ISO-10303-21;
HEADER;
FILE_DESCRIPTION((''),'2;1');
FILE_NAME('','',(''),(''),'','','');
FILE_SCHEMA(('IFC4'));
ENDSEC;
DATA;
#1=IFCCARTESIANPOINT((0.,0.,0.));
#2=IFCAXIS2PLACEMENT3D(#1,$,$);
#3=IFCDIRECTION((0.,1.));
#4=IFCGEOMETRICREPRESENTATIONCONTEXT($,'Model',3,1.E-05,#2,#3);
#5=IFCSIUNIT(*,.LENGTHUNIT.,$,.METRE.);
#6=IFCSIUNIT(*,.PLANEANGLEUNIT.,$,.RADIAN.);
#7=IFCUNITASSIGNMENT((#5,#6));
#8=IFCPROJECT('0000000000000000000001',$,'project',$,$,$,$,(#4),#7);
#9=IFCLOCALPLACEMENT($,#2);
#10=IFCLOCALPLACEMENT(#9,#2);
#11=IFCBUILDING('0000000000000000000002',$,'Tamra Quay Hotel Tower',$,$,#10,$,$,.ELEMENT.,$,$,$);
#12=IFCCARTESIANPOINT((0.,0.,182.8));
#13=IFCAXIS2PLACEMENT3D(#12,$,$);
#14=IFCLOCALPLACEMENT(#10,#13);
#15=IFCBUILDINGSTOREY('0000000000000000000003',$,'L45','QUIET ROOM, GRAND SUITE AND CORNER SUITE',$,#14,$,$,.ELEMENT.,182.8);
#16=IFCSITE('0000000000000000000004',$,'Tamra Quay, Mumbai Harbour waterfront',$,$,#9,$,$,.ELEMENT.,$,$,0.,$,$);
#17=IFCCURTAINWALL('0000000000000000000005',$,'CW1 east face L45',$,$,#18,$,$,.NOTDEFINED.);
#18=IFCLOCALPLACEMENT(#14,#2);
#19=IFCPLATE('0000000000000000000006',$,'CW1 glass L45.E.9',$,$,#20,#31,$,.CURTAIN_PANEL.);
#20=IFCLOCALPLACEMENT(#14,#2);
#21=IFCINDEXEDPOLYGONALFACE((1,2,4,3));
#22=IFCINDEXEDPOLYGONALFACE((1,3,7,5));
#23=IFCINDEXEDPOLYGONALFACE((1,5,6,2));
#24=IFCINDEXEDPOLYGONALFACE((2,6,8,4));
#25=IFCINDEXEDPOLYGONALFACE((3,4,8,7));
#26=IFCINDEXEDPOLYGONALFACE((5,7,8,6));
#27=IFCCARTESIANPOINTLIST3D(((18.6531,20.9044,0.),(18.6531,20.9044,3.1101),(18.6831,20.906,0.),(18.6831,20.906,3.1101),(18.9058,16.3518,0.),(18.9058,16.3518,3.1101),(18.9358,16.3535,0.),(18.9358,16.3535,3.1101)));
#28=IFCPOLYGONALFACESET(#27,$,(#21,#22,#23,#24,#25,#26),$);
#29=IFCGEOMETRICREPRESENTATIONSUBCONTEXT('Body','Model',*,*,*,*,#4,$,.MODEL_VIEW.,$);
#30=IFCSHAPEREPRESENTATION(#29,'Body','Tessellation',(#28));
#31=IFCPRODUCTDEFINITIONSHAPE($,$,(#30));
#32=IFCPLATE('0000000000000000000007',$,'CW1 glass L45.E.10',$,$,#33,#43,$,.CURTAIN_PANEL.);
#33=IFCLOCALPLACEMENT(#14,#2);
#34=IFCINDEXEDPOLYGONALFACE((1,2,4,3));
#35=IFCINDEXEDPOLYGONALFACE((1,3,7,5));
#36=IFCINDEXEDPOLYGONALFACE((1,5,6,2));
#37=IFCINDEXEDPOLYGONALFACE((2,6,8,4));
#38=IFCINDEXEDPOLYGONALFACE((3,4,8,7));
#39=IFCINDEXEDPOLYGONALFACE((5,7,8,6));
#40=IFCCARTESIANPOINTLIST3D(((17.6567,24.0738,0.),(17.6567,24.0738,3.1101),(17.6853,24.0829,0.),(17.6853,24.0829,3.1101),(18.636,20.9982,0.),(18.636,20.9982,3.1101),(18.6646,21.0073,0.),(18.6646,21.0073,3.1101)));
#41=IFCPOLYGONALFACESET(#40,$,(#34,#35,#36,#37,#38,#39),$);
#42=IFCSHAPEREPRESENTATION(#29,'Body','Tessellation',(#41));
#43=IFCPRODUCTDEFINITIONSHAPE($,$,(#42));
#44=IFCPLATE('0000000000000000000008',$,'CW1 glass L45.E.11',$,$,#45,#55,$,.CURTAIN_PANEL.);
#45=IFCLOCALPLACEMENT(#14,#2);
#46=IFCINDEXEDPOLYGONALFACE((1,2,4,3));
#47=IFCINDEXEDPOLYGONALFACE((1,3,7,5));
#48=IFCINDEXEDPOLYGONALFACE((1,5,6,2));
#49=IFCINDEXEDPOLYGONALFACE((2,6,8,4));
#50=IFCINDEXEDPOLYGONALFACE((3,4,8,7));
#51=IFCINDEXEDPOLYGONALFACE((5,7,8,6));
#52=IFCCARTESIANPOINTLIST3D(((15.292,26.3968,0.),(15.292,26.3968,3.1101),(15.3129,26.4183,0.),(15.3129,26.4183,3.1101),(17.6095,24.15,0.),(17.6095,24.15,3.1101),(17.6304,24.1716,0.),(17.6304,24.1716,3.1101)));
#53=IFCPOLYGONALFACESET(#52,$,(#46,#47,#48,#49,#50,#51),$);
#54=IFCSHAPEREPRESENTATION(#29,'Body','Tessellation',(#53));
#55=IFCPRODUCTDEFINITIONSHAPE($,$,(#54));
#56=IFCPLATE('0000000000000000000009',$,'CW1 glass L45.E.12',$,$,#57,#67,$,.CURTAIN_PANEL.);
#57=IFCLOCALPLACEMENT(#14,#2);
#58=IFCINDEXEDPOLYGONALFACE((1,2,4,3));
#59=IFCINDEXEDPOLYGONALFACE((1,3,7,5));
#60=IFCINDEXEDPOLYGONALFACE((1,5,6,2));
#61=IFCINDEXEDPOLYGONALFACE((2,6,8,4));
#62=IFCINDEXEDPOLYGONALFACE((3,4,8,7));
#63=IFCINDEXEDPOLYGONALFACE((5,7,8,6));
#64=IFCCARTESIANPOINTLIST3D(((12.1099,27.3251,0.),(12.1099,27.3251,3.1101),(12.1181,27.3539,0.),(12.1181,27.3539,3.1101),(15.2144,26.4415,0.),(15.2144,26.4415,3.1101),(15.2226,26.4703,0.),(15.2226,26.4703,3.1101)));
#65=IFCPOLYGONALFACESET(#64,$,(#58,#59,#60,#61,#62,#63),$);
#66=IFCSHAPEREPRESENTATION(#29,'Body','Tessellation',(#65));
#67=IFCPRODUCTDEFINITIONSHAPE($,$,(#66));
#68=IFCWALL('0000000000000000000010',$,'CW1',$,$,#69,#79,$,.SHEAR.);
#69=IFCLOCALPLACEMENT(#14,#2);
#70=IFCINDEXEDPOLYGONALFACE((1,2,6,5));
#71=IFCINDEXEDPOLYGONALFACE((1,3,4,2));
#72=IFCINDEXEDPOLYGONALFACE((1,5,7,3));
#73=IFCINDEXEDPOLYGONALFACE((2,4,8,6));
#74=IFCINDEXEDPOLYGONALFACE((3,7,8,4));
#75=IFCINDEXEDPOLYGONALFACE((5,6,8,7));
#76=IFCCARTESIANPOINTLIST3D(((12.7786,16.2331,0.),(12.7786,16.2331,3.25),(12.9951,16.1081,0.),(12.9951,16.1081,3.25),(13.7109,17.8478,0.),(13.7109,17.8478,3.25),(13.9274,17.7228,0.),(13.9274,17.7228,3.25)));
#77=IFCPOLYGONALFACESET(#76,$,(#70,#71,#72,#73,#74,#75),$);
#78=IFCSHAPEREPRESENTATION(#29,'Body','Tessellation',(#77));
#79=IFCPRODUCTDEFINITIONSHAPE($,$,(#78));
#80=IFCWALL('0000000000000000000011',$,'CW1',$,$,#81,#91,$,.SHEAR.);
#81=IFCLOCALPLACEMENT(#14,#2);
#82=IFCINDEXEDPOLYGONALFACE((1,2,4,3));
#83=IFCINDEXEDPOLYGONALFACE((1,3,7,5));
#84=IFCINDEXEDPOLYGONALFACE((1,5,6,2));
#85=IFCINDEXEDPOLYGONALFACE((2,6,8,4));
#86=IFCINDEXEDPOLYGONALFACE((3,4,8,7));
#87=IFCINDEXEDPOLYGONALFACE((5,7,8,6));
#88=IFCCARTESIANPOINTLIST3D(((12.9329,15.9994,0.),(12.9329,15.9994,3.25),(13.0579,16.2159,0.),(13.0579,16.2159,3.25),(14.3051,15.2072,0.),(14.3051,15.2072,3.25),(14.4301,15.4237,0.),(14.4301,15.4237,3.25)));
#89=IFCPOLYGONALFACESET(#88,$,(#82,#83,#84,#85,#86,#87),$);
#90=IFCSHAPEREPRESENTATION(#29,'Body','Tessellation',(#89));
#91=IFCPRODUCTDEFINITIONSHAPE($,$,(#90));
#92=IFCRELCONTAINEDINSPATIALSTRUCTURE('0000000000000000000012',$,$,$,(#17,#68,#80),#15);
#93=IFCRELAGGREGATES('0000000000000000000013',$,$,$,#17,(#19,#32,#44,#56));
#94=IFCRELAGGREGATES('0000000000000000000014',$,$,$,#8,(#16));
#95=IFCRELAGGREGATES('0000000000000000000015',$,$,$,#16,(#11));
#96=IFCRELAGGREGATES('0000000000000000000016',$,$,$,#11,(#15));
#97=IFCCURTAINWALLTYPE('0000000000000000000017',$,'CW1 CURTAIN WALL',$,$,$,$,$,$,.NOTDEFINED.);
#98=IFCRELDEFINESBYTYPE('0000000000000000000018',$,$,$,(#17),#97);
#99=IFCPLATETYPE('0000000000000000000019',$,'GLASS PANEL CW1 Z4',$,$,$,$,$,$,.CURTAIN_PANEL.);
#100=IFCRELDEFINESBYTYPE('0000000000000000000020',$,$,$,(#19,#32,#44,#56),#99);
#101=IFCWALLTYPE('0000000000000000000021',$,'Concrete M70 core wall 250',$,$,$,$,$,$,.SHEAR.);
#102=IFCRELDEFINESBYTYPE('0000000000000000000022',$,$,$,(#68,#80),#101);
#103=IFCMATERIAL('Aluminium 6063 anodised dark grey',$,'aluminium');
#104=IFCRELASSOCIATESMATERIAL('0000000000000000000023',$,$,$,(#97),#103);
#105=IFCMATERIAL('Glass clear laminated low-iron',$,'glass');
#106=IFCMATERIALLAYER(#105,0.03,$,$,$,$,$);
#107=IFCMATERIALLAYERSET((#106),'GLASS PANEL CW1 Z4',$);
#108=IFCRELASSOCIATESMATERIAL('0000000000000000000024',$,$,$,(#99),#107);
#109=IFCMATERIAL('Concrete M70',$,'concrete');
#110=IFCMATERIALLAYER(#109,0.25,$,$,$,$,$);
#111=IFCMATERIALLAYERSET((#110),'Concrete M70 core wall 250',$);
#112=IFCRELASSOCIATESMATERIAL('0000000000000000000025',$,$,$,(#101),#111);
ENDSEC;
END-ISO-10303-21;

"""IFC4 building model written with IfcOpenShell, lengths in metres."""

from ifc_helpers import new_model, si_unit, direction, frame, frame_2d, origin, origin_2d, place, context, subcontext, project, spatial, rectangle, extrude, material, layer, layer_set, type_object, element, aggregate, save


model = new_model("IFC4")

# Units and contexts
model_context = context("Model", 3, precision=1e-05, world=origin(), true_north=direction((0.0, 1.0)))
body_context = subcontext(model_context, "Body", "Model", "MODEL_VIEW")
ifc_project = project(units=[si_unit("LENGTHUNIT", "METRE"), si_unit("PLANEANGLEUNIT", "RADIAN")], contexts=[model_context])

# Site, building, storey
site_placement = place(None, origin())
site = spatial("IfcSite", under=ifc_project, at=site_placement, Name="Tamra Quay, Mumbai Harbour waterfront", CompositionType="ELEMENT", RefElevation=0.0)
building_placement = place(site_placement, origin())
building = spatial("IfcBuilding", under=site, at=building_placement, Name="Tamra Quay Hotel Tower", CompositionType="ELEMENT")
storey_placement = place(building_placement, frame((0.0, 0.0, 182.8)))
storey = spatial("IfcBuildingStorey", under=building, at=storey_placement, Name="L45", Description="QUIET ROOM, GRAND SUITE AND CORNER SUITE", CompositionType="ELEMENT", Elevation=182.8)

# Shared definitions
ifc_material_1 = material(Name="Concrete M70", Category="concrete")

# Curtain wall
ifc_material_2 = material(Name="Aluminium 6063 anodised dark grey", Category="aluminium")
curtain_wall_type = type_object("IfcCurtainWallType", Name="CW1 CURTAIN WALL", PredefinedType="NOTDEFINED", material=ifc_material_2)
curtain_wall_placement = place(storey_placement, origin())
curtain_wall = element("IfcCurtainWall", 1, at=curtain_wall_placement, inside=storey, type_object=curtain_wall_type, Name="CW1 east face L45", PredefinedType="NOTDEFINED")

# Plates
ifc_material_3 = material(Name="Glass clear laminated low-iron", Category="glass")
ifc_layer_1 = layer(ifc_material_3, 0.03)
ifc_layer_set_1 = layer_set([ifc_layer_1], Name="GLASS PANEL CW1 Z4")
plate_type = type_object("IfcPlateType", Name="GLASS PANEL CW1 Z4", PredefinedType="CURTAIN_PANEL", material=ifc_layer_set_1)
plate_1_placement = place(storey_placement, frame((18.7944, 18.6289, 0.0), z_axis=(0.0, 0.0, 1.0), x_axis=(-0.055417, 0.998463, 0.0)))
plate_1 = element("IfcPlate", 2, at=plate_1_placement, type_object=plate_type, Name="CW1 glass L45.E.9", PredefinedType="CURTAIN_PANEL", context=body_context, shape_type="SweptSolid", body=[
    extrude(rectangle(XDim=4.5596, YDim=0.03, at=origin_2d()), origin(), (0.0, 0.0, 1.0), 3.1101),
])
plate_2_placement = place(storey_placement, frame((18.1606, 22.5405, 0.0), z_axis=(0.0, 0.0, 1.0), x_axis=(-0.30341, 0.95286, 0.0)))
plate_2 = element("IfcPlate", 3, at=plate_2_placement, type_object=plate_type, Name="CW1 glass L45.E.10", PredefinedType="CURTAIN_PANEL", context=body_context, shape_type="SweptSolid", body=[
    extrude(rectangle(XDim=3.2278, YDim=0.03, at=origin_2d()), origin(), (0.0, 0.0, 1.0), 3.1101),
])
plate_3_placement = place(storey_placement, frame((16.4612, 25.2842, 0.0), z_axis=(0.0, 0.0, 1.0), x_axis=(-0.717975, 0.696069, 0.0)))
plate_3 = element("IfcPlate", 4, at=plate_3_placement, type_object=plate_type, Name="CW1 glass L45.E.11", PredefinedType="CURTAIN_PANEL", context=body_context, shape_type="SweptSolid", body=[
    extrude(rectangle(XDim=3.2278, YDim=0.03, at=origin_2d()), origin(), (0.0, 0.0, 1.0), 3.1101),
])
plate_4_placement = place(storey_placement, frame((13.6663, 26.8977, 0.0), z_axis=(0.0, 0.0, 1.0), x_axis=(-0.961801, 0.27375, 0.0)))
plate_4 = element("IfcPlate", 5, at=plate_4_placement, type_object=plate_type, Name="CW1 glass L45.E.12", PredefinedType="CURTAIN_PANEL", context=body_context, shape_type="SweptSolid", body=[
    extrude(rectangle(XDim=3.2278, YDim=0.03, at=origin_2d()), origin(), (0.0, 0.0, 1.0), 3.1101),
])
aggregate(curtain_wall, [plate_1, plate_2, plate_3, plate_4])

# Walls
ifc_layer_2 = layer(ifc_material_1, 0.25)
ifc_layer_set_2 = layer_set([ifc_layer_2], Name="Concrete M70 core wall 250")
wall_type = type_object("IfcWallType", Name="Concrete M70 core wall 250", PredefinedType="SHEAR", material=ifc_layer_set_2)
wall_1_placement = place(storey_placement, frame((13.8191, 17.7852, 0.0), z_axis=(0.0, 0.0, 1.0), x_axis=(-0.50004, -0.866002, 0.0)))
element("IfcWall", 6, at=wall_1_placement, inside=storey, type_object=wall_type, Name="CW1", PredefinedType="SHEAR", context=body_context, shape_type="SweptSolid", body=[
    extrude(rectangle(XDim=1.8645, YDim=0.25, at=frame_2d((0.9321, 0.0))), origin(), (0.0, 0.0, 1.0), 3.25),
])
wall_2_placement = place(storey_placement, frame((12.9954, 16.1077, 0.0), z_axis=(0.0, 0.0, 1.0), x_axis=(0.866044, -0.499967, 0.0)))
element("IfcWall", 7, at=wall_2_placement, inside=storey, type_object=wall_type, Name="CW1", PredefinedType="SHEAR", context=body_context, shape_type="SweptSolid", body=[
    extrude(rectangle(XDim=1.5845, YDim=0.25, at=frame_2d((0.7922, 0.0))), origin(), (0.0, 0.0, 1.0), 3.25),
])

save(model, "model.ifc")
